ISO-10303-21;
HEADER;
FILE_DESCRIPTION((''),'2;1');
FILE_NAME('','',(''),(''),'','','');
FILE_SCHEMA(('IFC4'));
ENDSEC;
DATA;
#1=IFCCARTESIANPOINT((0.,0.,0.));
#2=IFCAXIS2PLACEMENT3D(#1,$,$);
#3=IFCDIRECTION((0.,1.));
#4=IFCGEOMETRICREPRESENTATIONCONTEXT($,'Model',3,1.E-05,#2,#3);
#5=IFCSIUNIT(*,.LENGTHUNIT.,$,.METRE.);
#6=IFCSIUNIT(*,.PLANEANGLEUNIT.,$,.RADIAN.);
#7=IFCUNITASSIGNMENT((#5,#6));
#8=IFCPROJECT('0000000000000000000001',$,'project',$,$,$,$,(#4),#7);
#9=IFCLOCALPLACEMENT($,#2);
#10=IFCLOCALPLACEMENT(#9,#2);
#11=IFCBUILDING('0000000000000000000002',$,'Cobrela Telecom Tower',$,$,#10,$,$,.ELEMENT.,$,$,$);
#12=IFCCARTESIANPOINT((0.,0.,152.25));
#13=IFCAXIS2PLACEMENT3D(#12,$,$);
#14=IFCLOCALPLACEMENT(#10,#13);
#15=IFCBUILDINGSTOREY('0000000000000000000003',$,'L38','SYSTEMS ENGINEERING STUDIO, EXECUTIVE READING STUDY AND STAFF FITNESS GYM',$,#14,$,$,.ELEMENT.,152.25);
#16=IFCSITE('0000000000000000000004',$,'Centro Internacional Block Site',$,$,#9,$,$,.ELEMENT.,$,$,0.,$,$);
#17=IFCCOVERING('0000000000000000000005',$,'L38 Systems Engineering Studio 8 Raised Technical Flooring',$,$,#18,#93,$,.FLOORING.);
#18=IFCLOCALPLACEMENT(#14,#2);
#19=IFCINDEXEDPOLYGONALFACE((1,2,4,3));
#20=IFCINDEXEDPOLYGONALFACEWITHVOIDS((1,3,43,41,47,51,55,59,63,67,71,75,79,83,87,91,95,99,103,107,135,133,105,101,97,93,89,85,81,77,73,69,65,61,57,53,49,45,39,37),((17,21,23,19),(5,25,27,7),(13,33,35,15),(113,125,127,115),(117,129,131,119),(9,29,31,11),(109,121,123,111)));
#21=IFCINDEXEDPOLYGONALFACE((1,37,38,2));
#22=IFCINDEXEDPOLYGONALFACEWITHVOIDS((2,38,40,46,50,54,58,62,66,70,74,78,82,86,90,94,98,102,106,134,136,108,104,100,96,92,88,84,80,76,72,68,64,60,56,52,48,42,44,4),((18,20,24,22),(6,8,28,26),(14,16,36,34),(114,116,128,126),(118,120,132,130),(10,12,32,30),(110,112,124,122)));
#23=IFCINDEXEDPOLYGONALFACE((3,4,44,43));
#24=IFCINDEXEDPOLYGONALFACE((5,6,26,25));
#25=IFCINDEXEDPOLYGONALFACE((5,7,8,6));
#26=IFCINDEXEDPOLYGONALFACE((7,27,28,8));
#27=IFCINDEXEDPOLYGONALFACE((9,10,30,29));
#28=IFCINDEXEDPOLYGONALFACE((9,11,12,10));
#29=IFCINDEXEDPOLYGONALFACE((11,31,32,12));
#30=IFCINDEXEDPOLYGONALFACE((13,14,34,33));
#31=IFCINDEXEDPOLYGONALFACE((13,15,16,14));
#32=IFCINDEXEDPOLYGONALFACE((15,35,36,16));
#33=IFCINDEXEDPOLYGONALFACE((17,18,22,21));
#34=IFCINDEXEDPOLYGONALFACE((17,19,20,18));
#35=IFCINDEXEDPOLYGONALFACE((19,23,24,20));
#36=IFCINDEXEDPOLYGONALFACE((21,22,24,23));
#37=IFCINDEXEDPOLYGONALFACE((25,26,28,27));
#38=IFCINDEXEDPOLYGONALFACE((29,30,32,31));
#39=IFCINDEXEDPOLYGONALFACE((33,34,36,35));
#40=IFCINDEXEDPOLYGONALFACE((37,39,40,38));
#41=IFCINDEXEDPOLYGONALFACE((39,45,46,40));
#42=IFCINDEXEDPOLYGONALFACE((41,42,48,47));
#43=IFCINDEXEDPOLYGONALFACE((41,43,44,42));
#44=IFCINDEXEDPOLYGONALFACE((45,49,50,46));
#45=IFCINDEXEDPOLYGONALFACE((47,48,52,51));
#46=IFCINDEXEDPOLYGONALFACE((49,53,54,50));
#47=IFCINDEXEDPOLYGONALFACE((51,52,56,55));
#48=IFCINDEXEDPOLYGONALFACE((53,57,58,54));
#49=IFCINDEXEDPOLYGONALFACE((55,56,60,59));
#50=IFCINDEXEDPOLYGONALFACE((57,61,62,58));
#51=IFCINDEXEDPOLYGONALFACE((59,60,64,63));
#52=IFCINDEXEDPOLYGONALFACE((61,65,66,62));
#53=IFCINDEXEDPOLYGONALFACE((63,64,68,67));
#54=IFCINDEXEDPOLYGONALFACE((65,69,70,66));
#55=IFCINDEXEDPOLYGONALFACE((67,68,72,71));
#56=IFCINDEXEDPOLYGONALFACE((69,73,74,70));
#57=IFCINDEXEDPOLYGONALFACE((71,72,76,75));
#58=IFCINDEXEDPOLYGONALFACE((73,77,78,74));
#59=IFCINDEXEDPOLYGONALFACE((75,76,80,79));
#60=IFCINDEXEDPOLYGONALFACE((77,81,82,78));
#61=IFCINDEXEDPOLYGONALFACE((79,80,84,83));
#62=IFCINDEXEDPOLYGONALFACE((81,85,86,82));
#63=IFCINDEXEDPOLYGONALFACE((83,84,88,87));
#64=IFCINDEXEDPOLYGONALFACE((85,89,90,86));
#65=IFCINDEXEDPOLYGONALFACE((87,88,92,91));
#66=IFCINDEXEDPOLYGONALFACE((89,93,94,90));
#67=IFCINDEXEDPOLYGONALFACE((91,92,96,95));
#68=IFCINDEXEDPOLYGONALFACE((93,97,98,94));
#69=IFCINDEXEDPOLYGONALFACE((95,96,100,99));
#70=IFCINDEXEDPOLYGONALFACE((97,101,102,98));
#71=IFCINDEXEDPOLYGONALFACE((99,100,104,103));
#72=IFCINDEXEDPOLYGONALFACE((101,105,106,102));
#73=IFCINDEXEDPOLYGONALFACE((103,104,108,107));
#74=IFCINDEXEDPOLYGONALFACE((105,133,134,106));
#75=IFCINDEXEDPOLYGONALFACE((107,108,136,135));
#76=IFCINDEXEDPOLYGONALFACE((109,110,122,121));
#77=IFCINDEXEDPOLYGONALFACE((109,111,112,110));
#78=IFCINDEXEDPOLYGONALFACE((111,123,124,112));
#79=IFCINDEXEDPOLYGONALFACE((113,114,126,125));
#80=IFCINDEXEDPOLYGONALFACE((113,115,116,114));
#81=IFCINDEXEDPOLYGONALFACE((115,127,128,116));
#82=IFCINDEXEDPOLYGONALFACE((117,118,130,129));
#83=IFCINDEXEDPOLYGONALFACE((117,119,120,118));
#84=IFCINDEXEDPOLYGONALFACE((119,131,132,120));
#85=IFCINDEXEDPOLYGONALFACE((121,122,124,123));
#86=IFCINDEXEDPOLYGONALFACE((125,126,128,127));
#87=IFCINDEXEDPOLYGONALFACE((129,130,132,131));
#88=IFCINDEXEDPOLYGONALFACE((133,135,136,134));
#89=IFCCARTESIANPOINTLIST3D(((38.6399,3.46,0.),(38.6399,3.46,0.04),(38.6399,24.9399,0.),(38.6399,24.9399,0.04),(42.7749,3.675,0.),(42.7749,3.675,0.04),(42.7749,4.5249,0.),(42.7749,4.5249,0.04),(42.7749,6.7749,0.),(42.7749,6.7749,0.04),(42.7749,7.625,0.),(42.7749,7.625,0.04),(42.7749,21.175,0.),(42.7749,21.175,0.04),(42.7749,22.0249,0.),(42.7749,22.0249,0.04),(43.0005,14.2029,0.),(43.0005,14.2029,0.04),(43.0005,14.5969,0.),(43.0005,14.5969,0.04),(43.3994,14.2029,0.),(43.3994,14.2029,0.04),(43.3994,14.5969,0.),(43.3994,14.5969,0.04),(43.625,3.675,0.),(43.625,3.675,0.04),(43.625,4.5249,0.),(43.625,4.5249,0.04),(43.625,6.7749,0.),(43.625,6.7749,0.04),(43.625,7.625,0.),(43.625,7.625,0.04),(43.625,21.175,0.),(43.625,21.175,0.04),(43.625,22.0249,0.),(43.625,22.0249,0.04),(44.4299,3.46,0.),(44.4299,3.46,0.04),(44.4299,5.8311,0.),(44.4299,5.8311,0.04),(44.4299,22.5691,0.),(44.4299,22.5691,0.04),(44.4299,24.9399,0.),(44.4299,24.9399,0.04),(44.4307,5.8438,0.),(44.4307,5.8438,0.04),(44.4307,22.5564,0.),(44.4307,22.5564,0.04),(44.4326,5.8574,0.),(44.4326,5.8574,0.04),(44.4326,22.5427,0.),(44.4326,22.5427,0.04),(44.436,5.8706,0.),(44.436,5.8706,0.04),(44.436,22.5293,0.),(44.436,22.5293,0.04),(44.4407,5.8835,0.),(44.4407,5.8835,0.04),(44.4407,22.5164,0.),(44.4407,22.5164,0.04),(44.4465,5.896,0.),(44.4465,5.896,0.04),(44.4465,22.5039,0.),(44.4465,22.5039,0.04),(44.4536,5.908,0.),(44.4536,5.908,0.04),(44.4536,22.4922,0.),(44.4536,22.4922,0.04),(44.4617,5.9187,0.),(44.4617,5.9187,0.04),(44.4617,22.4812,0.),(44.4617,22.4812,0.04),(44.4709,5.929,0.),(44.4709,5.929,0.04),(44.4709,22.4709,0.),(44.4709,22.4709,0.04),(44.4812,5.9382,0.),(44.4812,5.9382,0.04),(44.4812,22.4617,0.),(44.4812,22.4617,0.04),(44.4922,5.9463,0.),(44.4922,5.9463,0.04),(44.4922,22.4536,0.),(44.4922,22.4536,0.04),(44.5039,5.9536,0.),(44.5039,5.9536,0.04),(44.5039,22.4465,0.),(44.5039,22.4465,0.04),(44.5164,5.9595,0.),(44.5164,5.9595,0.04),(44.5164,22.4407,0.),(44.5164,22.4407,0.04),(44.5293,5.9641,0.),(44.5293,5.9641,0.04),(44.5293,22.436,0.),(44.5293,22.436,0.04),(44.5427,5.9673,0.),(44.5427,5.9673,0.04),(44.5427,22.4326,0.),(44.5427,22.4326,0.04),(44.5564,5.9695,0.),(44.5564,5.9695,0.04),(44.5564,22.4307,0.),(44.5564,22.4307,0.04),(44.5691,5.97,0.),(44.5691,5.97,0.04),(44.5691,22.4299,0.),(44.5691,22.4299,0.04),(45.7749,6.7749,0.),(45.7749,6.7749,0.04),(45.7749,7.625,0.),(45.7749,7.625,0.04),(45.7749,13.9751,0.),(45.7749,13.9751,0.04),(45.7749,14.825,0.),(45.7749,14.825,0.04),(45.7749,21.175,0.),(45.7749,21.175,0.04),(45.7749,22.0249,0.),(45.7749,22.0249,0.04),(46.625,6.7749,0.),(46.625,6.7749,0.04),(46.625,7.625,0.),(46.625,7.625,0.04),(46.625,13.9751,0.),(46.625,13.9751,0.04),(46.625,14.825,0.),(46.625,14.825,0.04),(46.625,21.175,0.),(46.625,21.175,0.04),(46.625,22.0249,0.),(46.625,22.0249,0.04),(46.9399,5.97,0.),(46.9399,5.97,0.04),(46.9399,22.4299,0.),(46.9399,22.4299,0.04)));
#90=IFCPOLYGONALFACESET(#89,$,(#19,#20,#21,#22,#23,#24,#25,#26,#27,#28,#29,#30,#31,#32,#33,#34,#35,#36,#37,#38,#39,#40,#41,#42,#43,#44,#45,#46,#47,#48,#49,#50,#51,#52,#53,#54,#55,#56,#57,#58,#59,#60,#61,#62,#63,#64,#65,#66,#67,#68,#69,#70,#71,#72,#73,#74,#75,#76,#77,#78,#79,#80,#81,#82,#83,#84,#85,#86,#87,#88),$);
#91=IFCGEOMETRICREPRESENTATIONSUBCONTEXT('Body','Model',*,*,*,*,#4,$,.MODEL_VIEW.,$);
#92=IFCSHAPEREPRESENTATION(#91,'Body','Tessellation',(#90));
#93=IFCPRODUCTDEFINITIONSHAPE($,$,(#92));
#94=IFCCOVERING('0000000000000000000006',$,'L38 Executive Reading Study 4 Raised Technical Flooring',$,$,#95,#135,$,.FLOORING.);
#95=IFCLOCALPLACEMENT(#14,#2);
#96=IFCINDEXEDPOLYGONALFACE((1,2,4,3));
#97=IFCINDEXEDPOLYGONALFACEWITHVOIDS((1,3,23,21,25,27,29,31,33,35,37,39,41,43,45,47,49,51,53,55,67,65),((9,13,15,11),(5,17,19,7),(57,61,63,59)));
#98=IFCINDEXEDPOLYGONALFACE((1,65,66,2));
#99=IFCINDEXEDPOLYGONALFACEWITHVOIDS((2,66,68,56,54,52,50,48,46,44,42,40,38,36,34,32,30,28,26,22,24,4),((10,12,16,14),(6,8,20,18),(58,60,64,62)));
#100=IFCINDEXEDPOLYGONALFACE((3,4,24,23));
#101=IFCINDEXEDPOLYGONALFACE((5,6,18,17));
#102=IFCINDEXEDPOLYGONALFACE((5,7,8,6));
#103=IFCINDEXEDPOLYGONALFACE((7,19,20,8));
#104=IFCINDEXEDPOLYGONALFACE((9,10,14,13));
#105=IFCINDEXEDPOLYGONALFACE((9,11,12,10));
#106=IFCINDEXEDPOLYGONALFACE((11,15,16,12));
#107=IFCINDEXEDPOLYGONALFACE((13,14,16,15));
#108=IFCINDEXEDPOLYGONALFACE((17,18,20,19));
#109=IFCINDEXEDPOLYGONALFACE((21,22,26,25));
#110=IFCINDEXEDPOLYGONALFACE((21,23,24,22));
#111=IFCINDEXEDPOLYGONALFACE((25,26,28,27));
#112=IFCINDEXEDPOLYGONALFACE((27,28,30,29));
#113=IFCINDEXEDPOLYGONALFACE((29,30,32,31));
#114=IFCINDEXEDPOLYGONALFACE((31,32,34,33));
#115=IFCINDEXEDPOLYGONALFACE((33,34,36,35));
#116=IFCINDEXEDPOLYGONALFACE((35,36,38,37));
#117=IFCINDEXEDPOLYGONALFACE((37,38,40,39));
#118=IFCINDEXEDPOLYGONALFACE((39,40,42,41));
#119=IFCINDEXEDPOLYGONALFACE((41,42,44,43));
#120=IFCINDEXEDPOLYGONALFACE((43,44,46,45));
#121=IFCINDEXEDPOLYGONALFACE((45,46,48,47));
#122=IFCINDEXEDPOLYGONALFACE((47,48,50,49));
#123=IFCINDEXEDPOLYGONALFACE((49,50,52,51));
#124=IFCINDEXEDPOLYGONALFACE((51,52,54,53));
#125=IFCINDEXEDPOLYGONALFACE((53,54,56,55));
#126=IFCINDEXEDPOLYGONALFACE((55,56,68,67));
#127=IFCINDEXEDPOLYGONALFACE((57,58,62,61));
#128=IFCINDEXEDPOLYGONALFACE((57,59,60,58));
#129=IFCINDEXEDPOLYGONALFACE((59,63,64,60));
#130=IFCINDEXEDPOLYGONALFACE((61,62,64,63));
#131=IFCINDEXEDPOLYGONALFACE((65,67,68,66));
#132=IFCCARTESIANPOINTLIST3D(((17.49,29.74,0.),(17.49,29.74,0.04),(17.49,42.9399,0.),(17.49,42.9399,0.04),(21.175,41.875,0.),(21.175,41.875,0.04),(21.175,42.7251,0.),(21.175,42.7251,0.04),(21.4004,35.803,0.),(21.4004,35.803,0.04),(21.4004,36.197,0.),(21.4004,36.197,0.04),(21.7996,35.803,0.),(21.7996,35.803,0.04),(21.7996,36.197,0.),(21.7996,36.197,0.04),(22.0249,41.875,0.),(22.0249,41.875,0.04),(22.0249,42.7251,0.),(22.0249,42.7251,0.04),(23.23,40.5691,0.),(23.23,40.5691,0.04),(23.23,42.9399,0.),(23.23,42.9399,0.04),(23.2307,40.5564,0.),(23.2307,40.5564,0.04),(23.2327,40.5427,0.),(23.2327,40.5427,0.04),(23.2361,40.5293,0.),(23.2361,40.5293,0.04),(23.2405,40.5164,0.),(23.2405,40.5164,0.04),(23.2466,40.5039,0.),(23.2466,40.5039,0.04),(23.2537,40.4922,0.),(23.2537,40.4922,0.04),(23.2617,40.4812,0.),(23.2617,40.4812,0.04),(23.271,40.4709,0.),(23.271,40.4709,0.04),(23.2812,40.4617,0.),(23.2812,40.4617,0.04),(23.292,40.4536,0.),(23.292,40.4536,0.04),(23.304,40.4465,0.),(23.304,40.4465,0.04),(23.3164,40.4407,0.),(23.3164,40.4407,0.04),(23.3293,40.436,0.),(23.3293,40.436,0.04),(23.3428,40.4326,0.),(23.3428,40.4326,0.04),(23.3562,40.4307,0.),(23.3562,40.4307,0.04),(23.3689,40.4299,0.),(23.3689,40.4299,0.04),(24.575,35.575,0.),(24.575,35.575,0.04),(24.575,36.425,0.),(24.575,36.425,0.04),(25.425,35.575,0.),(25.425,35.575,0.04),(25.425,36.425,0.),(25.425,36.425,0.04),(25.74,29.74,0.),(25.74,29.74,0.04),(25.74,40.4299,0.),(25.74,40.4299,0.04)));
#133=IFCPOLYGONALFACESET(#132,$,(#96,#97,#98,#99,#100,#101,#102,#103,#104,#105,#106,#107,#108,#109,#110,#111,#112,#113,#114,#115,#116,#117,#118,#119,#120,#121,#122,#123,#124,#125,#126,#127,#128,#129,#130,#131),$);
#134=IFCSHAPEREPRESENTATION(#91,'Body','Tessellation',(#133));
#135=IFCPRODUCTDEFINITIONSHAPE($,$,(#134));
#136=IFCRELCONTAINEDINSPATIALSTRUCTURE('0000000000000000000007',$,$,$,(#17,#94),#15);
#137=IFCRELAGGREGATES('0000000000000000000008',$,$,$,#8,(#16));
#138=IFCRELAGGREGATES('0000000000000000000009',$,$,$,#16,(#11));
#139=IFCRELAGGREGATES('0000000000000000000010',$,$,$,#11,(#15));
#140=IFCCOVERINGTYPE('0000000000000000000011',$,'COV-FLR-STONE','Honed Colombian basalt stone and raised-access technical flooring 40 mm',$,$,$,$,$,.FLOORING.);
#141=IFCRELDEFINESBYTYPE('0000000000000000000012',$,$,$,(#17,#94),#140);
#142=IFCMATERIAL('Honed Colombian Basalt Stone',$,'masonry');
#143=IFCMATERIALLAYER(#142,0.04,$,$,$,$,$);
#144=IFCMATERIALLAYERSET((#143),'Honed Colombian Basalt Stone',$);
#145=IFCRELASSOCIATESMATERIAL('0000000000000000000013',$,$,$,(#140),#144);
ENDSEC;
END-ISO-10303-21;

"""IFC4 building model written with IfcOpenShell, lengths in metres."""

from ifc_helpers import new_model, si_unit, direction, frame, origin, place, context, subcontext, project, spatial, polyline, outline, extrude, material, layer, layer_set, type_object, element, save


model = new_model("IFC4")

# Units and contexts
model_context = context("Model", 3, precision=1e-05, world=origin(), true_north=direction((0.0, 1.0)))
body_context = subcontext(model_context, "Body", "Model", "MODEL_VIEW")
ifc_project = project(units=[si_unit("LENGTHUNIT", "METRE"), si_unit("PLANEANGLEUNIT", "RADIAN")], contexts=[model_context])

# Site, building, storey
site_placement = place(None, origin())
site = spatial("IfcSite", under=ifc_project, at=site_placement, Name="Centro Internacional Block Site", CompositionType="ELEMENT", RefElevation=0.0)
building_placement = place(site_placement, origin())
building = spatial("IfcBuilding", under=site, at=building_placement, Name="Cobrela Telecom Tower", CompositionType="ELEMENT")
storey_placement = place(building_placement, frame((0.0, 0.0, 152.25)))
storey = spatial("IfcBuildingStorey", under=building, at=storey_placement, Name="L38", Description="SYSTEMS ENGINEERING STUDIO, EXECUTIVE READING STUDY AND STAFF FITNESS GYM", CompositionType="ELEMENT", Elevation=152.25)

# Coverings
ifc_material_1 = material(Name="Honed Colombian Basalt Stone", Category="masonry")
ifc_layer_1 = layer(ifc_material_1, 0.04)
ifc_layer_set_1 = layer_set([ifc_layer_1], Name="Honed Colombian Basalt Stone")
covering_type_1 = type_object("IfcCoveringType", Name="COV-FLR-STONE", Description="Honed Colombian basalt stone and raised-access technical flooring 40 mm", PredefinedType="FLOORING", material=ifc_layer_set_1)
covering_1_placement = place(storey_placement, origin())
element("IfcCovering", 1, at=covering_1_placement, inside=storey, type_object=covering_type_1, Name="L38 Systems Engineering Studio 8 Raised Technical Flooring", PredefinedType="FLOORING", context=body_context, shape_type="SweptSolid", body=[
    extrude(outline(polyline([(44.5427, 5.9673), (44.5293, 5.9641), (44.5164, 5.9595), (44.5039, 5.9536), (44.4922, 5.9463), (44.4812, 5.9382), (44.4709, 5.929), (44.4617, 5.9187), (44.4536, 5.908), (44.4465, 5.896), (44.4407, 5.8835), (44.436, 5.8706), (44.4326, 5.8574), (44.4307, 5.8438), (44.4299, 5.8311), (44.4299, 3.46), (38.6399, 3.46), (38.6399, 24.9399), (44.4299, 24.9399), (44.4299, 22.5691), (44.4307, 22.5564), (44.4326, 22.5427), (44.436, 22.5293), (44.4407, 22.5164), (44.4465, 22.5039), (44.4536, 22.4922), (44.4617, 22.4812), (44.4709, 22.4709), (44.4812, 22.4617), (44.4922, 22.4536), (44.5039, 22.4465), (44.5164, 22.4407), (44.5293, 22.436), (44.5427, 22.4326), (44.5564, 22.4307), (44.5691, 22.4299), (46.9399, 22.4299), (46.9399, 5.97), (44.5691, 5.97), (44.5564, 5.9695), (44.5427, 5.9673)]), holes=[polyline([(43.625, 3.675), (43.625, 4.5249), (42.7749, 4.5249), (42.7749, 3.675), (43.625, 3.675)]), polyline([(43.625, 6.7749), (43.625, 7.625), (42.7749, 7.625), (42.7749, 6.7749), (43.625, 6.7749)]), polyline([(46.625, 6.7749), (46.625, 7.625), (45.7749, 7.625), (45.7749, 6.7749), (46.625, 6.7749)]), polyline([(43.3994, 14.2029), (43.3994, 14.5969), (43.0005, 14.5969), (43.0005, 14.2029), (43.3994, 14.2029)]), polyline([(46.625, 13.9751), (46.625, 14.825), (45.7749, 14.825), (45.7749, 13.9751), (46.625, 13.9751)]), polyline([(43.625, 21.175), (43.625, 22.0249), (42.7749, 22.0249), (42.7749, 21.175), (43.625, 21.175)]), polyline([(46.625, 21.175), (46.625, 22.0249), (45.7749, 22.0249), (45.7749, 21.175), (46.625, 21.175)])]), origin(), (0.0, 0.0, 1.0), 0.04),
])
covering_2_placement = place(storey_placement, origin())
element("IfcCovering", 2, at=covering_2_placement, inside=storey, type_object=covering_type_1, Name="L38 Executive Reading Study 4 Raised Technical Flooring", PredefinedType="FLOORING", context=body_context, shape_type="SweptSolid", body=[
    extrude(outline(polyline([(23.23, 42.9399), (23.23, 40.5691), (23.2307, 40.5564), (23.2327, 40.5427), (23.2361, 40.5293), (23.2405, 40.5164), (23.2466, 40.5039), (23.2537, 40.4922), (23.2617, 40.4812), (23.271, 40.4709), (23.2812, 40.4617), (23.292, 40.4536), (23.304, 40.4465), (23.3164, 40.4407), (23.3293, 40.436), (23.3428, 40.4326), (23.3562, 40.4307), (23.3689, 40.4299), (25.74, 40.4299), (25.74, 29.74), (17.49, 29.74), (17.49, 42.9399), (23.23, 42.9399)]), holes=[polyline([(21.7996, 35.803), (21.7996, 36.197), (21.4004, 36.197), (21.4004, 35.803), (21.7996, 35.803)]), polyline([(25.425, 35.575), (25.425, 36.425), (24.575, 36.425), (24.575, 35.575), (25.425, 35.575)]), polyline([(22.0249, 41.875), (22.0249, 42.7251), (21.175, 42.7251), (21.175, 41.875), (22.0249, 41.875)])]), origin(), (0.0, 0.0, 1.0), 0.04),
])

save(model, "model.ifc")
